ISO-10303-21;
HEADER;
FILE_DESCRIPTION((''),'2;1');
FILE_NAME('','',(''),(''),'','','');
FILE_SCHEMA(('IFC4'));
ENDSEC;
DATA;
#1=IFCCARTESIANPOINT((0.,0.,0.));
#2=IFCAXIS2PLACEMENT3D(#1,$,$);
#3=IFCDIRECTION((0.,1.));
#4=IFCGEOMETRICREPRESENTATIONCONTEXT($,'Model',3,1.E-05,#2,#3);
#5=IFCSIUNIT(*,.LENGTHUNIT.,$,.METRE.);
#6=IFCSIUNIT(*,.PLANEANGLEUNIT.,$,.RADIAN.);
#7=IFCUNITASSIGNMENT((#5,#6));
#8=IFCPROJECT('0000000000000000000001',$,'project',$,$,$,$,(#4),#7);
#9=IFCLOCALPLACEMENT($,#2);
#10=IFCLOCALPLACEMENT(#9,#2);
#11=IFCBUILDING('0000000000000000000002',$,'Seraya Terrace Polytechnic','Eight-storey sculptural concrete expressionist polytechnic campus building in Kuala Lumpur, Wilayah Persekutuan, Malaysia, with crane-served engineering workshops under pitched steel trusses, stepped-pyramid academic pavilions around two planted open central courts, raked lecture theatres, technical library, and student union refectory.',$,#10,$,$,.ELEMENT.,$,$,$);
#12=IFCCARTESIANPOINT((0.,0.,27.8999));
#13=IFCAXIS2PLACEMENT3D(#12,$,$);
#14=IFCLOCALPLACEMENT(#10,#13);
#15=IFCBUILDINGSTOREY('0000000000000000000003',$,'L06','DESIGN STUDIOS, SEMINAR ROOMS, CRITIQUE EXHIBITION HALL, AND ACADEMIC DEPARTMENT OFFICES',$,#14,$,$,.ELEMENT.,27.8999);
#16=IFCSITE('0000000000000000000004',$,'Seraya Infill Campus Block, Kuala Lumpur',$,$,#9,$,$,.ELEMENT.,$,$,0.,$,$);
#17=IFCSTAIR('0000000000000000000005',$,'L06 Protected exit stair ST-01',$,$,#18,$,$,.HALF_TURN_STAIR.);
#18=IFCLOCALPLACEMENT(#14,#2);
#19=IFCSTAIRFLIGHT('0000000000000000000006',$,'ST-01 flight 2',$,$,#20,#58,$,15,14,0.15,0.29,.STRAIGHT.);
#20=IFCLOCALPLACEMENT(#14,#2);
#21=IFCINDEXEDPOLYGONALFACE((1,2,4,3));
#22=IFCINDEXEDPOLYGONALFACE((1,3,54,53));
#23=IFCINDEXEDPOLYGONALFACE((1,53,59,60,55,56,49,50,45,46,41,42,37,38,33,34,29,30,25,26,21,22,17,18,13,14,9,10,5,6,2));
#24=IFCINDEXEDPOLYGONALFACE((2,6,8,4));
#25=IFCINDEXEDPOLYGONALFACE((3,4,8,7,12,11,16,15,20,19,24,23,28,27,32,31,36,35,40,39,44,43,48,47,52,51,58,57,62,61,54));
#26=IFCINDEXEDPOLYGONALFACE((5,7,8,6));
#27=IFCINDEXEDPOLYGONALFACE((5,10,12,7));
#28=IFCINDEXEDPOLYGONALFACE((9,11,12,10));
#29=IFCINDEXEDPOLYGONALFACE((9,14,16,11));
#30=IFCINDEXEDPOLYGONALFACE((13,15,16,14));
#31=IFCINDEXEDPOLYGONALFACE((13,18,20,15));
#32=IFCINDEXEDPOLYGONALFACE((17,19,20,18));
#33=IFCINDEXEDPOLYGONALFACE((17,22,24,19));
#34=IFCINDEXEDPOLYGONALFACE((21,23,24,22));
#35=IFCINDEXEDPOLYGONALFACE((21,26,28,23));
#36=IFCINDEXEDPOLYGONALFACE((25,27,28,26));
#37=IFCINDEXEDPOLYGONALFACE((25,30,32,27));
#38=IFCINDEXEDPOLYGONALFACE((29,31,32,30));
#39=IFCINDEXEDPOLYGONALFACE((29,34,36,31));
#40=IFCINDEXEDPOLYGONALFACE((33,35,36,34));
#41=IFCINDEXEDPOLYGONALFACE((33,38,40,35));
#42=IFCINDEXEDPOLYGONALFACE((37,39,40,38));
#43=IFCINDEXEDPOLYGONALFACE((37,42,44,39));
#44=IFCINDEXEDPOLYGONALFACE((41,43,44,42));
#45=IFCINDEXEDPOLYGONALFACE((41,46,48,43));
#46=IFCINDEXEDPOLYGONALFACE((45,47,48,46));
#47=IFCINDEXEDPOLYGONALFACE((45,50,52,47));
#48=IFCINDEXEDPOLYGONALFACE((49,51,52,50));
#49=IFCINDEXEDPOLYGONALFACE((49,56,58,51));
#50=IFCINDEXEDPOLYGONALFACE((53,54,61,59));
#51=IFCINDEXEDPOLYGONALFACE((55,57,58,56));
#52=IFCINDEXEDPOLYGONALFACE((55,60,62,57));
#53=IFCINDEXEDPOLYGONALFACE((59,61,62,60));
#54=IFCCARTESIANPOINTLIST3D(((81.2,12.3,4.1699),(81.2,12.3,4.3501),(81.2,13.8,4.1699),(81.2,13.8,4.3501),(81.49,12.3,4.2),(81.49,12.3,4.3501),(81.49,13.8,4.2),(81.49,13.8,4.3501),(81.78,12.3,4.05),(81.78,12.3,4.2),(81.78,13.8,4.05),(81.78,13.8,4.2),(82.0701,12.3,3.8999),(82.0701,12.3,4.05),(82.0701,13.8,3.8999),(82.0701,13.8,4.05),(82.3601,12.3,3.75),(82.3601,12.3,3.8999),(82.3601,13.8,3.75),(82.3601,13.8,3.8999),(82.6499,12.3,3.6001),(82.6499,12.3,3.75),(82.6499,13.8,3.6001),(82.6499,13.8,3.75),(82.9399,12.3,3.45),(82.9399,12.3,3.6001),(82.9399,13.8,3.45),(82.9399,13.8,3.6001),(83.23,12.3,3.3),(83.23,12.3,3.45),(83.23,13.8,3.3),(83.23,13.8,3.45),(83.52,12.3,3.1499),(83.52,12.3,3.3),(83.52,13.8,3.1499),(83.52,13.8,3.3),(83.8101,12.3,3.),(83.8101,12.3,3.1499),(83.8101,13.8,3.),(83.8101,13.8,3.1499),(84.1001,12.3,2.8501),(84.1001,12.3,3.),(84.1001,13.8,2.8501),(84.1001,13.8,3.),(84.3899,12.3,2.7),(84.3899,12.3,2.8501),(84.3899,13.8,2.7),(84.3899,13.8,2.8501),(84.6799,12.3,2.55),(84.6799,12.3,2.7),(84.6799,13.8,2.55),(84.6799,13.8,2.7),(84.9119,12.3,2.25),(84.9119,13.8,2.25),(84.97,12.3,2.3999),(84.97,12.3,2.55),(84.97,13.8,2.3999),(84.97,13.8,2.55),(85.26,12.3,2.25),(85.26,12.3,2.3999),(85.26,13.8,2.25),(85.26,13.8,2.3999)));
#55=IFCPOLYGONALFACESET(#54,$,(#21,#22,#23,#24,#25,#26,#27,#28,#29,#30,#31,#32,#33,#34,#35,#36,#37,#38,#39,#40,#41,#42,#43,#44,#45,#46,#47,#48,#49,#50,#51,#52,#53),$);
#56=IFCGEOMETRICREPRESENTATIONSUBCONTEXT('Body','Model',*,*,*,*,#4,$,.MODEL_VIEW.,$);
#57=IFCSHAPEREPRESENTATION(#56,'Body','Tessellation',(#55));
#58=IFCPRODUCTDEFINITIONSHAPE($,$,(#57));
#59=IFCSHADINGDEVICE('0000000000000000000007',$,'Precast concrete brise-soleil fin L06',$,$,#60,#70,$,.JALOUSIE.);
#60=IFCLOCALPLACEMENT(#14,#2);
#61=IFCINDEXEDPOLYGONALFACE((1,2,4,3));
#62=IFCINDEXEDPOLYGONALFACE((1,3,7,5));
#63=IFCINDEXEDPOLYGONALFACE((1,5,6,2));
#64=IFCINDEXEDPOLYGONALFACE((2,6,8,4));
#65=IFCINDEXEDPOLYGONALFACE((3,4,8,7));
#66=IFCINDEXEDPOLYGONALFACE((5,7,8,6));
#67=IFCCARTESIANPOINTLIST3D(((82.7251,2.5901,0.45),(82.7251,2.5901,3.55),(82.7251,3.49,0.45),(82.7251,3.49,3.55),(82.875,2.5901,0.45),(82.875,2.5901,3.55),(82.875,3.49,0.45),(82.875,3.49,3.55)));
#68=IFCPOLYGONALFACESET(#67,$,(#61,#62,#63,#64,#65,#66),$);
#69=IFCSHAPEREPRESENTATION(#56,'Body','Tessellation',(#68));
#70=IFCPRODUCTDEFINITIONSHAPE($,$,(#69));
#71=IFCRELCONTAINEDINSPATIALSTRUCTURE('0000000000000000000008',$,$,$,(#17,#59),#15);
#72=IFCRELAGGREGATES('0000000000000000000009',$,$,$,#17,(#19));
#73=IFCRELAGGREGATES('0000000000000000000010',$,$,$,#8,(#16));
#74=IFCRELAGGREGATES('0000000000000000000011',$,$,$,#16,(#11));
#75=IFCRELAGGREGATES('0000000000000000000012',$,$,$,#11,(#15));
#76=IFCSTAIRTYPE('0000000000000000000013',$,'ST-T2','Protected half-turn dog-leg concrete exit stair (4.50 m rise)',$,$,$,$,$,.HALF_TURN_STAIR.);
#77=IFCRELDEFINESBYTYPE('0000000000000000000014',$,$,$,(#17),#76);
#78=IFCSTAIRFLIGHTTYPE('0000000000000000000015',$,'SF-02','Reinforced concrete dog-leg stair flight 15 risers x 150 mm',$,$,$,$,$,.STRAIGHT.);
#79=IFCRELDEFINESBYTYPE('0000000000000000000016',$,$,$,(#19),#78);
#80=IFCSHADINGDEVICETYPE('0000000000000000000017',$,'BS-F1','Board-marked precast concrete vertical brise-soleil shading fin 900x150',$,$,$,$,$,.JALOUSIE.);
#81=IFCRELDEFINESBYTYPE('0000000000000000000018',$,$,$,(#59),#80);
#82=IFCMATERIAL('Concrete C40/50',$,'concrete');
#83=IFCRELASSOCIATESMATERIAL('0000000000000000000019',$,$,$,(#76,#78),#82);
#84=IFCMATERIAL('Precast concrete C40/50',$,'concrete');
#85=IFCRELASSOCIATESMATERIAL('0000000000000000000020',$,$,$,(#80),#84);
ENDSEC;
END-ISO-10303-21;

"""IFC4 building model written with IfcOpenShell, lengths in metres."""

from ifc_helpers import new_model, si_unit, direction, frame, origin, origin_2d, place, context, subcontext, project, spatial, polyline, rectangle, outline, extrude, material, type_object, element, aggregate, save


model = new_model("IFC4")

# Units and contexts
model_context = context("Model", 3, precision=1e-05, world=origin(), true_north=direction((0.0, 1.0)))
body_context = subcontext(model_context, "Body", "Model", "MODEL_VIEW")
ifc_project = project(units=[si_unit("LENGTHUNIT", "METRE"), si_unit("PLANEANGLEUNIT", "RADIAN")], contexts=[model_context])

# Site, building, storey
site_placement = place(None, origin())
site = spatial("IfcSite", under=ifc_project, at=site_placement, Name="Seraya Infill Campus Block, Kuala Lumpur", CompositionType="ELEMENT", RefElevation=0.0)
building_placement = place(site_placement, origin())
building = spatial("IfcBuilding", under=site, at=building_placement, Name="Seraya Terrace Polytechnic", Description="Eight-storey sculptural concrete expressionist polytechnic campus building in Kuala Lumpur, Wilayah Persekutuan, Malaysia, with crane-served engineering workshops under pitched steel trusses, stepped-pyramid academic pavilions around two planted open central courts, raked lecture theatres, technical library, and student union refectory.", CompositionType="ELEMENT")
storey_placement = place(building_placement, frame((0.0, 0.0, 27.8999)))
storey = spatial("IfcBuildingStorey", under=building, at=storey_placement, Name="L06", Description="DESIGN STUDIOS, SEMINAR ROOMS, CRITIQUE EXHIBITION HALL, AND ACADEMIC DEPARTMENT OFFICES", CompositionType="ELEMENT", Elevation=27.8999)

# Shared definitions
ifc_material_1 = material(Name="Concrete C40/50", Category="concrete")

# Shared definitions
ifc_material_2 = material(Name="Precast concrete C40/50", Category="concrete")

# Stair, stair flight
stair_type = type_object("IfcStairType", Name="ST-T2", Description="Protected half-turn dog-leg concrete exit stair (4.50 m rise)", PredefinedType="HALF_TURN_STAIR", material=ifc_material_1)
stair_placement = place(storey_placement, origin())
stair = element("IfcStair", 1, at=stair_placement, inside=storey, type_object=stair_type, Name="L06 Protected exit stair ST-01", PredefinedType="HALF_TURN_STAIR")
stair_flight_type = type_object("IfcStairFlightType", Name="SF-02", Description="Reinforced concrete dog-leg stair flight 15 risers x 150 mm", PredefinedType="STRAIGHT", material=ifc_material_1)
stair_flight_1_placement = place(storey_placement, frame((85.26, 13.05, 2.25), z_axis=(0.0, 0.0, 1.0), x_axis=(-1.0, 0.0, 0.0)))
stair_flight_1 = element("IfcStairFlight", 2, at=stair_flight_1_placement, type_object=stair_flight_type, Name="ST-01 flight 2", NumberOfRisers=15, NumberOfTreads=14, PredefinedType="STRAIGHT", RiserHeight=0.15, TreadLength=0.29, context=body_context, shape_type="SweptSolid", body=[
    extrude(outline(polyline([(0.0, 0.0), (0.0, 0.1499), (0.29, 0.1499), (0.29, 0.3), (0.5801, 0.3), (0.5801, 0.45), (0.8701, 0.45), (0.8701, 0.6001), (1.1599, 0.6001), (1.1599, 0.75), (1.45, 0.75), (1.45, 0.8999), (1.74, 0.8999), (1.74, 1.05), (2.03, 1.05), (2.03, 1.2), (2.3201, 1.2), (2.3201, 1.3501), (2.6101, 1.3501), (2.6101, 1.5), (2.8999, 1.5), (2.8999, 1.6499), (3.1899, 1.6499), (3.1899, 1.8), (3.48, 1.8), (3.48, 1.95), (3.77, 1.95), (3.77, 2.1001), (4.0601, 2.1001), (4.0601, 2.25), (4.0601, 1.9199), (0.3481, 0.0), (0.0, 0.0)])), frame((0.0, 0.75, 0.0), z_axis=(0.0, -1.0, 0.0), x_axis=(1.0, 0.0, 0.0)), (0.0, 0.0, 1.0), 1.5),
])
aggregate(stair, [stair_flight_1])

# Shading device
shading_device_type = type_object("IfcShadingDeviceType", Name="BS-F1", Description="Board-marked precast concrete vertical brise-soleil shading fin 900x150", PredefinedType="JALOUSIE", material=ifc_material_2)
shading_device_placement = place(storey_placement, frame((82.8, 3.04, 0.45), z_axis=(0.0, 0.0, 1.0), x_axis=(0.0, -1.0, 0.0)))
element("IfcShadingDevice", 3, at=shading_device_placement, inside=storey, type_object=shading_device_type, Name="Precast concrete brise-soleil fin L06", PredefinedType="JALOUSIE", context=body_context, shape_type="SweptSolid", body=[
    extrude(rectangle(XDim=0.8999, YDim=0.1499, at=origin_2d()), origin(), (0.0, 0.0, 1.0), 3.1001),
])

save(model, "model.ifc")
